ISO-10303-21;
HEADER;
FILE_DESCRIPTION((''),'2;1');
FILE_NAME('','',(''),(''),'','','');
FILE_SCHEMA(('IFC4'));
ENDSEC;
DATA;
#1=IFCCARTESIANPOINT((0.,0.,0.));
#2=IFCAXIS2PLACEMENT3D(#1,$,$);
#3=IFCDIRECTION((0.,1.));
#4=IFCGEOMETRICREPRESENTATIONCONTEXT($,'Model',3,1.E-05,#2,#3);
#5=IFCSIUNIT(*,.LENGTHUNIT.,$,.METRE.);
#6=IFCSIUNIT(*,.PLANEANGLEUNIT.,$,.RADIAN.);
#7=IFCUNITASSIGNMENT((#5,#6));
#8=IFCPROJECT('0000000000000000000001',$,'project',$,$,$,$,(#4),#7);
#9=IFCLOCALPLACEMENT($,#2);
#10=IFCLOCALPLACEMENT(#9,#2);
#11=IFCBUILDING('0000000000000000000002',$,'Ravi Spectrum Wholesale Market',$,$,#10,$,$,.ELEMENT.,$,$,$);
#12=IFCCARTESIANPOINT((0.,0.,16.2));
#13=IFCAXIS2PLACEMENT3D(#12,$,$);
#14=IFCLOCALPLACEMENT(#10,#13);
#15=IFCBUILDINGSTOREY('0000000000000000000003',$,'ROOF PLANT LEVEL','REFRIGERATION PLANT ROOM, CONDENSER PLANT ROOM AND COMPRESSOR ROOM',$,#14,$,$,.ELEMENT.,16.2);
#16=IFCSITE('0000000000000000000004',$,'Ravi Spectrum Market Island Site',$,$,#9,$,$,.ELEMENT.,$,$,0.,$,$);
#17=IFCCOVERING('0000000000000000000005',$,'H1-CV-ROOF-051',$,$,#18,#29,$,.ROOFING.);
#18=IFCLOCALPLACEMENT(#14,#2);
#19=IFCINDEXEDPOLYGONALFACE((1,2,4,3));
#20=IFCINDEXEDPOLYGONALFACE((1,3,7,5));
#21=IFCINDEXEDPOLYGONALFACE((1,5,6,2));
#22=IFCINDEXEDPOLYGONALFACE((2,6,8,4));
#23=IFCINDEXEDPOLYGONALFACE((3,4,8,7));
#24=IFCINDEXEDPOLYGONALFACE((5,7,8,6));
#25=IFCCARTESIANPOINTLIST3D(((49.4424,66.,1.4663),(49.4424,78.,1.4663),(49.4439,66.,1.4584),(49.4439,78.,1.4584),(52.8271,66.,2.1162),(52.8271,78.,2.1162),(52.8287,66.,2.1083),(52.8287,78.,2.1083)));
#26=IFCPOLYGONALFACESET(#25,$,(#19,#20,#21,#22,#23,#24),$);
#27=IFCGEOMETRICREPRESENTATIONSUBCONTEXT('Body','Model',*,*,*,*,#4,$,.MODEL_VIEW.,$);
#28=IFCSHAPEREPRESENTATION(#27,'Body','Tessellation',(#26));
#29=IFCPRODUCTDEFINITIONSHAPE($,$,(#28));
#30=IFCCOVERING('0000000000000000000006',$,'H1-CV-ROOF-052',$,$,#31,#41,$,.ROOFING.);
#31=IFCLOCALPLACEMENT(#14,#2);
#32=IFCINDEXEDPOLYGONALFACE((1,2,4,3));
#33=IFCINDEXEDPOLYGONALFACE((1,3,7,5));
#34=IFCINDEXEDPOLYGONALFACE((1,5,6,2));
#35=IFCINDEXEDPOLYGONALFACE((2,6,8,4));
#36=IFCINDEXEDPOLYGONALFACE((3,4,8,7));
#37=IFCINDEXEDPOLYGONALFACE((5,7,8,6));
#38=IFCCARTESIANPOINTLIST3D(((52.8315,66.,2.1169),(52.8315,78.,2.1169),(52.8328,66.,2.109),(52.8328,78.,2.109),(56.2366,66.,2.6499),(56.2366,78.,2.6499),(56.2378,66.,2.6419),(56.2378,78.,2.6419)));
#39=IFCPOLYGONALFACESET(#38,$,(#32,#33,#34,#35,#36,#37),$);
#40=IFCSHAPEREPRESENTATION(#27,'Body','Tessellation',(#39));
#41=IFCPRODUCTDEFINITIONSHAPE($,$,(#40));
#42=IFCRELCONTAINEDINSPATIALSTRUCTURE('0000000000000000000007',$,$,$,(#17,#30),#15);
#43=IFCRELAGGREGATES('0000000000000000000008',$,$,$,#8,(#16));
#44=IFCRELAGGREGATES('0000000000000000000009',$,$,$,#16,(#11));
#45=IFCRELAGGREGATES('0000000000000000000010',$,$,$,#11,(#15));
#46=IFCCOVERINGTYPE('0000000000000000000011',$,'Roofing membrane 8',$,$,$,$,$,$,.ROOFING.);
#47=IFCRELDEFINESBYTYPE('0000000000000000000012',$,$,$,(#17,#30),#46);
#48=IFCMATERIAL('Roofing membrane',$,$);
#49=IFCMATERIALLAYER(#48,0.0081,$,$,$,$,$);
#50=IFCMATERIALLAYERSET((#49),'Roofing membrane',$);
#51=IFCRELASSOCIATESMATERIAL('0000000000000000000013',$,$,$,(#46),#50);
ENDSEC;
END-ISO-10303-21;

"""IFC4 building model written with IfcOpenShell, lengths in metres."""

from ifc_helpers import new_model, si_unit, direction, frame, origin, place, context, subcontext, project, spatial, polyline, outline, extrude, material, layer, layer_set, type_object, element, save


model = new_model("IFC4")

# Units and contexts
model_context = context("Model", 3, precision=1e-05, world=origin(), true_north=direction((0.0, 1.0)))
body_context = subcontext(model_context, "Body", "Model", "MODEL_VIEW")
ifc_project = project(units=[si_unit("LENGTHUNIT", "METRE"), si_unit("PLANEANGLEUNIT", "RADIAN")], contexts=[model_context])

# Site, building, storey
site_placement = place(None, origin())
site = spatial("IfcSite", under=ifc_project, at=site_placement, Name="Ravi Spectrum Market Island Site", CompositionType="ELEMENT", RefElevation=0.0)
building_placement = place(site_placement, origin())
building = spatial("IfcBuilding", under=site, at=building_placement, Name="Ravi Spectrum Wholesale Market", CompositionType="ELEMENT")
storey_placement = place(building_placement, frame((0.0, 0.0, 16.2)))
storey = spatial("IfcBuildingStorey", under=building, at=storey_placement, Name="ROOF PLANT LEVEL", Description="REFRIGERATION PLANT ROOM, CONDENSER PLANT ROOM AND COMPRESSOR ROOM", CompositionType="ELEMENT", Elevation=16.2)

# Coverings
ifc_material_1 = material(Name="Roofing membrane")
ifc_layer_1 = layer(ifc_material_1, 0.0081)
ifc_layer_set_1 = layer_set([ifc_layer_1], Name="Roofing membrane")
covering_type = type_object("IfcCoveringType", Name="Roofing membrane 8", PredefinedType="ROOFING", material=ifc_layer_set_1)
covering_1_placement = place(storey_placement, frame((49.4424, 66.0, 1.4663), z_axis=(-0.188564, 0.0, 0.982061), x_axis=(0.982061, 0.0, 0.188564)))
element("IfcCovering", 1, at=covering_1_placement, inside=storey, type_object=covering_type, Name="H1-CV-ROOF-051", PredefinedType="ROOFING", context=body_context, shape_type="SweptSolid", body=[
    extrude(outline(polyline([(0.0, 0.0), (3.4466, 0.0), (3.4466, 12.0), (0.0, 12.0), (0.0, 0.0)])), origin(), (0.0, 0.0, -1.0), 0.0081),
])
covering_2_placement = place(storey_placement, frame((52.8315, 66.0, 2.1169), z_axis=(-0.154638, 0.0, 0.987971), x_axis=(0.987971, 0.0, 0.154638)))
element("IfcCovering", 2, at=covering_2_placement, inside=storey, type_object=covering_type, Name="H1-CV-ROOF-052", PredefinedType="ROOFING", context=body_context, shape_type="SweptSolid", body=[
    extrude(outline(polyline([(0.0, 0.0), (3.4465, 0.0), (3.4465, 12.0), (0.0, 12.0), (0.0, 0.0)])), origin(), (0.0, 0.0, -1.0), 0.0081),
])

save(model, "model.ifc")
